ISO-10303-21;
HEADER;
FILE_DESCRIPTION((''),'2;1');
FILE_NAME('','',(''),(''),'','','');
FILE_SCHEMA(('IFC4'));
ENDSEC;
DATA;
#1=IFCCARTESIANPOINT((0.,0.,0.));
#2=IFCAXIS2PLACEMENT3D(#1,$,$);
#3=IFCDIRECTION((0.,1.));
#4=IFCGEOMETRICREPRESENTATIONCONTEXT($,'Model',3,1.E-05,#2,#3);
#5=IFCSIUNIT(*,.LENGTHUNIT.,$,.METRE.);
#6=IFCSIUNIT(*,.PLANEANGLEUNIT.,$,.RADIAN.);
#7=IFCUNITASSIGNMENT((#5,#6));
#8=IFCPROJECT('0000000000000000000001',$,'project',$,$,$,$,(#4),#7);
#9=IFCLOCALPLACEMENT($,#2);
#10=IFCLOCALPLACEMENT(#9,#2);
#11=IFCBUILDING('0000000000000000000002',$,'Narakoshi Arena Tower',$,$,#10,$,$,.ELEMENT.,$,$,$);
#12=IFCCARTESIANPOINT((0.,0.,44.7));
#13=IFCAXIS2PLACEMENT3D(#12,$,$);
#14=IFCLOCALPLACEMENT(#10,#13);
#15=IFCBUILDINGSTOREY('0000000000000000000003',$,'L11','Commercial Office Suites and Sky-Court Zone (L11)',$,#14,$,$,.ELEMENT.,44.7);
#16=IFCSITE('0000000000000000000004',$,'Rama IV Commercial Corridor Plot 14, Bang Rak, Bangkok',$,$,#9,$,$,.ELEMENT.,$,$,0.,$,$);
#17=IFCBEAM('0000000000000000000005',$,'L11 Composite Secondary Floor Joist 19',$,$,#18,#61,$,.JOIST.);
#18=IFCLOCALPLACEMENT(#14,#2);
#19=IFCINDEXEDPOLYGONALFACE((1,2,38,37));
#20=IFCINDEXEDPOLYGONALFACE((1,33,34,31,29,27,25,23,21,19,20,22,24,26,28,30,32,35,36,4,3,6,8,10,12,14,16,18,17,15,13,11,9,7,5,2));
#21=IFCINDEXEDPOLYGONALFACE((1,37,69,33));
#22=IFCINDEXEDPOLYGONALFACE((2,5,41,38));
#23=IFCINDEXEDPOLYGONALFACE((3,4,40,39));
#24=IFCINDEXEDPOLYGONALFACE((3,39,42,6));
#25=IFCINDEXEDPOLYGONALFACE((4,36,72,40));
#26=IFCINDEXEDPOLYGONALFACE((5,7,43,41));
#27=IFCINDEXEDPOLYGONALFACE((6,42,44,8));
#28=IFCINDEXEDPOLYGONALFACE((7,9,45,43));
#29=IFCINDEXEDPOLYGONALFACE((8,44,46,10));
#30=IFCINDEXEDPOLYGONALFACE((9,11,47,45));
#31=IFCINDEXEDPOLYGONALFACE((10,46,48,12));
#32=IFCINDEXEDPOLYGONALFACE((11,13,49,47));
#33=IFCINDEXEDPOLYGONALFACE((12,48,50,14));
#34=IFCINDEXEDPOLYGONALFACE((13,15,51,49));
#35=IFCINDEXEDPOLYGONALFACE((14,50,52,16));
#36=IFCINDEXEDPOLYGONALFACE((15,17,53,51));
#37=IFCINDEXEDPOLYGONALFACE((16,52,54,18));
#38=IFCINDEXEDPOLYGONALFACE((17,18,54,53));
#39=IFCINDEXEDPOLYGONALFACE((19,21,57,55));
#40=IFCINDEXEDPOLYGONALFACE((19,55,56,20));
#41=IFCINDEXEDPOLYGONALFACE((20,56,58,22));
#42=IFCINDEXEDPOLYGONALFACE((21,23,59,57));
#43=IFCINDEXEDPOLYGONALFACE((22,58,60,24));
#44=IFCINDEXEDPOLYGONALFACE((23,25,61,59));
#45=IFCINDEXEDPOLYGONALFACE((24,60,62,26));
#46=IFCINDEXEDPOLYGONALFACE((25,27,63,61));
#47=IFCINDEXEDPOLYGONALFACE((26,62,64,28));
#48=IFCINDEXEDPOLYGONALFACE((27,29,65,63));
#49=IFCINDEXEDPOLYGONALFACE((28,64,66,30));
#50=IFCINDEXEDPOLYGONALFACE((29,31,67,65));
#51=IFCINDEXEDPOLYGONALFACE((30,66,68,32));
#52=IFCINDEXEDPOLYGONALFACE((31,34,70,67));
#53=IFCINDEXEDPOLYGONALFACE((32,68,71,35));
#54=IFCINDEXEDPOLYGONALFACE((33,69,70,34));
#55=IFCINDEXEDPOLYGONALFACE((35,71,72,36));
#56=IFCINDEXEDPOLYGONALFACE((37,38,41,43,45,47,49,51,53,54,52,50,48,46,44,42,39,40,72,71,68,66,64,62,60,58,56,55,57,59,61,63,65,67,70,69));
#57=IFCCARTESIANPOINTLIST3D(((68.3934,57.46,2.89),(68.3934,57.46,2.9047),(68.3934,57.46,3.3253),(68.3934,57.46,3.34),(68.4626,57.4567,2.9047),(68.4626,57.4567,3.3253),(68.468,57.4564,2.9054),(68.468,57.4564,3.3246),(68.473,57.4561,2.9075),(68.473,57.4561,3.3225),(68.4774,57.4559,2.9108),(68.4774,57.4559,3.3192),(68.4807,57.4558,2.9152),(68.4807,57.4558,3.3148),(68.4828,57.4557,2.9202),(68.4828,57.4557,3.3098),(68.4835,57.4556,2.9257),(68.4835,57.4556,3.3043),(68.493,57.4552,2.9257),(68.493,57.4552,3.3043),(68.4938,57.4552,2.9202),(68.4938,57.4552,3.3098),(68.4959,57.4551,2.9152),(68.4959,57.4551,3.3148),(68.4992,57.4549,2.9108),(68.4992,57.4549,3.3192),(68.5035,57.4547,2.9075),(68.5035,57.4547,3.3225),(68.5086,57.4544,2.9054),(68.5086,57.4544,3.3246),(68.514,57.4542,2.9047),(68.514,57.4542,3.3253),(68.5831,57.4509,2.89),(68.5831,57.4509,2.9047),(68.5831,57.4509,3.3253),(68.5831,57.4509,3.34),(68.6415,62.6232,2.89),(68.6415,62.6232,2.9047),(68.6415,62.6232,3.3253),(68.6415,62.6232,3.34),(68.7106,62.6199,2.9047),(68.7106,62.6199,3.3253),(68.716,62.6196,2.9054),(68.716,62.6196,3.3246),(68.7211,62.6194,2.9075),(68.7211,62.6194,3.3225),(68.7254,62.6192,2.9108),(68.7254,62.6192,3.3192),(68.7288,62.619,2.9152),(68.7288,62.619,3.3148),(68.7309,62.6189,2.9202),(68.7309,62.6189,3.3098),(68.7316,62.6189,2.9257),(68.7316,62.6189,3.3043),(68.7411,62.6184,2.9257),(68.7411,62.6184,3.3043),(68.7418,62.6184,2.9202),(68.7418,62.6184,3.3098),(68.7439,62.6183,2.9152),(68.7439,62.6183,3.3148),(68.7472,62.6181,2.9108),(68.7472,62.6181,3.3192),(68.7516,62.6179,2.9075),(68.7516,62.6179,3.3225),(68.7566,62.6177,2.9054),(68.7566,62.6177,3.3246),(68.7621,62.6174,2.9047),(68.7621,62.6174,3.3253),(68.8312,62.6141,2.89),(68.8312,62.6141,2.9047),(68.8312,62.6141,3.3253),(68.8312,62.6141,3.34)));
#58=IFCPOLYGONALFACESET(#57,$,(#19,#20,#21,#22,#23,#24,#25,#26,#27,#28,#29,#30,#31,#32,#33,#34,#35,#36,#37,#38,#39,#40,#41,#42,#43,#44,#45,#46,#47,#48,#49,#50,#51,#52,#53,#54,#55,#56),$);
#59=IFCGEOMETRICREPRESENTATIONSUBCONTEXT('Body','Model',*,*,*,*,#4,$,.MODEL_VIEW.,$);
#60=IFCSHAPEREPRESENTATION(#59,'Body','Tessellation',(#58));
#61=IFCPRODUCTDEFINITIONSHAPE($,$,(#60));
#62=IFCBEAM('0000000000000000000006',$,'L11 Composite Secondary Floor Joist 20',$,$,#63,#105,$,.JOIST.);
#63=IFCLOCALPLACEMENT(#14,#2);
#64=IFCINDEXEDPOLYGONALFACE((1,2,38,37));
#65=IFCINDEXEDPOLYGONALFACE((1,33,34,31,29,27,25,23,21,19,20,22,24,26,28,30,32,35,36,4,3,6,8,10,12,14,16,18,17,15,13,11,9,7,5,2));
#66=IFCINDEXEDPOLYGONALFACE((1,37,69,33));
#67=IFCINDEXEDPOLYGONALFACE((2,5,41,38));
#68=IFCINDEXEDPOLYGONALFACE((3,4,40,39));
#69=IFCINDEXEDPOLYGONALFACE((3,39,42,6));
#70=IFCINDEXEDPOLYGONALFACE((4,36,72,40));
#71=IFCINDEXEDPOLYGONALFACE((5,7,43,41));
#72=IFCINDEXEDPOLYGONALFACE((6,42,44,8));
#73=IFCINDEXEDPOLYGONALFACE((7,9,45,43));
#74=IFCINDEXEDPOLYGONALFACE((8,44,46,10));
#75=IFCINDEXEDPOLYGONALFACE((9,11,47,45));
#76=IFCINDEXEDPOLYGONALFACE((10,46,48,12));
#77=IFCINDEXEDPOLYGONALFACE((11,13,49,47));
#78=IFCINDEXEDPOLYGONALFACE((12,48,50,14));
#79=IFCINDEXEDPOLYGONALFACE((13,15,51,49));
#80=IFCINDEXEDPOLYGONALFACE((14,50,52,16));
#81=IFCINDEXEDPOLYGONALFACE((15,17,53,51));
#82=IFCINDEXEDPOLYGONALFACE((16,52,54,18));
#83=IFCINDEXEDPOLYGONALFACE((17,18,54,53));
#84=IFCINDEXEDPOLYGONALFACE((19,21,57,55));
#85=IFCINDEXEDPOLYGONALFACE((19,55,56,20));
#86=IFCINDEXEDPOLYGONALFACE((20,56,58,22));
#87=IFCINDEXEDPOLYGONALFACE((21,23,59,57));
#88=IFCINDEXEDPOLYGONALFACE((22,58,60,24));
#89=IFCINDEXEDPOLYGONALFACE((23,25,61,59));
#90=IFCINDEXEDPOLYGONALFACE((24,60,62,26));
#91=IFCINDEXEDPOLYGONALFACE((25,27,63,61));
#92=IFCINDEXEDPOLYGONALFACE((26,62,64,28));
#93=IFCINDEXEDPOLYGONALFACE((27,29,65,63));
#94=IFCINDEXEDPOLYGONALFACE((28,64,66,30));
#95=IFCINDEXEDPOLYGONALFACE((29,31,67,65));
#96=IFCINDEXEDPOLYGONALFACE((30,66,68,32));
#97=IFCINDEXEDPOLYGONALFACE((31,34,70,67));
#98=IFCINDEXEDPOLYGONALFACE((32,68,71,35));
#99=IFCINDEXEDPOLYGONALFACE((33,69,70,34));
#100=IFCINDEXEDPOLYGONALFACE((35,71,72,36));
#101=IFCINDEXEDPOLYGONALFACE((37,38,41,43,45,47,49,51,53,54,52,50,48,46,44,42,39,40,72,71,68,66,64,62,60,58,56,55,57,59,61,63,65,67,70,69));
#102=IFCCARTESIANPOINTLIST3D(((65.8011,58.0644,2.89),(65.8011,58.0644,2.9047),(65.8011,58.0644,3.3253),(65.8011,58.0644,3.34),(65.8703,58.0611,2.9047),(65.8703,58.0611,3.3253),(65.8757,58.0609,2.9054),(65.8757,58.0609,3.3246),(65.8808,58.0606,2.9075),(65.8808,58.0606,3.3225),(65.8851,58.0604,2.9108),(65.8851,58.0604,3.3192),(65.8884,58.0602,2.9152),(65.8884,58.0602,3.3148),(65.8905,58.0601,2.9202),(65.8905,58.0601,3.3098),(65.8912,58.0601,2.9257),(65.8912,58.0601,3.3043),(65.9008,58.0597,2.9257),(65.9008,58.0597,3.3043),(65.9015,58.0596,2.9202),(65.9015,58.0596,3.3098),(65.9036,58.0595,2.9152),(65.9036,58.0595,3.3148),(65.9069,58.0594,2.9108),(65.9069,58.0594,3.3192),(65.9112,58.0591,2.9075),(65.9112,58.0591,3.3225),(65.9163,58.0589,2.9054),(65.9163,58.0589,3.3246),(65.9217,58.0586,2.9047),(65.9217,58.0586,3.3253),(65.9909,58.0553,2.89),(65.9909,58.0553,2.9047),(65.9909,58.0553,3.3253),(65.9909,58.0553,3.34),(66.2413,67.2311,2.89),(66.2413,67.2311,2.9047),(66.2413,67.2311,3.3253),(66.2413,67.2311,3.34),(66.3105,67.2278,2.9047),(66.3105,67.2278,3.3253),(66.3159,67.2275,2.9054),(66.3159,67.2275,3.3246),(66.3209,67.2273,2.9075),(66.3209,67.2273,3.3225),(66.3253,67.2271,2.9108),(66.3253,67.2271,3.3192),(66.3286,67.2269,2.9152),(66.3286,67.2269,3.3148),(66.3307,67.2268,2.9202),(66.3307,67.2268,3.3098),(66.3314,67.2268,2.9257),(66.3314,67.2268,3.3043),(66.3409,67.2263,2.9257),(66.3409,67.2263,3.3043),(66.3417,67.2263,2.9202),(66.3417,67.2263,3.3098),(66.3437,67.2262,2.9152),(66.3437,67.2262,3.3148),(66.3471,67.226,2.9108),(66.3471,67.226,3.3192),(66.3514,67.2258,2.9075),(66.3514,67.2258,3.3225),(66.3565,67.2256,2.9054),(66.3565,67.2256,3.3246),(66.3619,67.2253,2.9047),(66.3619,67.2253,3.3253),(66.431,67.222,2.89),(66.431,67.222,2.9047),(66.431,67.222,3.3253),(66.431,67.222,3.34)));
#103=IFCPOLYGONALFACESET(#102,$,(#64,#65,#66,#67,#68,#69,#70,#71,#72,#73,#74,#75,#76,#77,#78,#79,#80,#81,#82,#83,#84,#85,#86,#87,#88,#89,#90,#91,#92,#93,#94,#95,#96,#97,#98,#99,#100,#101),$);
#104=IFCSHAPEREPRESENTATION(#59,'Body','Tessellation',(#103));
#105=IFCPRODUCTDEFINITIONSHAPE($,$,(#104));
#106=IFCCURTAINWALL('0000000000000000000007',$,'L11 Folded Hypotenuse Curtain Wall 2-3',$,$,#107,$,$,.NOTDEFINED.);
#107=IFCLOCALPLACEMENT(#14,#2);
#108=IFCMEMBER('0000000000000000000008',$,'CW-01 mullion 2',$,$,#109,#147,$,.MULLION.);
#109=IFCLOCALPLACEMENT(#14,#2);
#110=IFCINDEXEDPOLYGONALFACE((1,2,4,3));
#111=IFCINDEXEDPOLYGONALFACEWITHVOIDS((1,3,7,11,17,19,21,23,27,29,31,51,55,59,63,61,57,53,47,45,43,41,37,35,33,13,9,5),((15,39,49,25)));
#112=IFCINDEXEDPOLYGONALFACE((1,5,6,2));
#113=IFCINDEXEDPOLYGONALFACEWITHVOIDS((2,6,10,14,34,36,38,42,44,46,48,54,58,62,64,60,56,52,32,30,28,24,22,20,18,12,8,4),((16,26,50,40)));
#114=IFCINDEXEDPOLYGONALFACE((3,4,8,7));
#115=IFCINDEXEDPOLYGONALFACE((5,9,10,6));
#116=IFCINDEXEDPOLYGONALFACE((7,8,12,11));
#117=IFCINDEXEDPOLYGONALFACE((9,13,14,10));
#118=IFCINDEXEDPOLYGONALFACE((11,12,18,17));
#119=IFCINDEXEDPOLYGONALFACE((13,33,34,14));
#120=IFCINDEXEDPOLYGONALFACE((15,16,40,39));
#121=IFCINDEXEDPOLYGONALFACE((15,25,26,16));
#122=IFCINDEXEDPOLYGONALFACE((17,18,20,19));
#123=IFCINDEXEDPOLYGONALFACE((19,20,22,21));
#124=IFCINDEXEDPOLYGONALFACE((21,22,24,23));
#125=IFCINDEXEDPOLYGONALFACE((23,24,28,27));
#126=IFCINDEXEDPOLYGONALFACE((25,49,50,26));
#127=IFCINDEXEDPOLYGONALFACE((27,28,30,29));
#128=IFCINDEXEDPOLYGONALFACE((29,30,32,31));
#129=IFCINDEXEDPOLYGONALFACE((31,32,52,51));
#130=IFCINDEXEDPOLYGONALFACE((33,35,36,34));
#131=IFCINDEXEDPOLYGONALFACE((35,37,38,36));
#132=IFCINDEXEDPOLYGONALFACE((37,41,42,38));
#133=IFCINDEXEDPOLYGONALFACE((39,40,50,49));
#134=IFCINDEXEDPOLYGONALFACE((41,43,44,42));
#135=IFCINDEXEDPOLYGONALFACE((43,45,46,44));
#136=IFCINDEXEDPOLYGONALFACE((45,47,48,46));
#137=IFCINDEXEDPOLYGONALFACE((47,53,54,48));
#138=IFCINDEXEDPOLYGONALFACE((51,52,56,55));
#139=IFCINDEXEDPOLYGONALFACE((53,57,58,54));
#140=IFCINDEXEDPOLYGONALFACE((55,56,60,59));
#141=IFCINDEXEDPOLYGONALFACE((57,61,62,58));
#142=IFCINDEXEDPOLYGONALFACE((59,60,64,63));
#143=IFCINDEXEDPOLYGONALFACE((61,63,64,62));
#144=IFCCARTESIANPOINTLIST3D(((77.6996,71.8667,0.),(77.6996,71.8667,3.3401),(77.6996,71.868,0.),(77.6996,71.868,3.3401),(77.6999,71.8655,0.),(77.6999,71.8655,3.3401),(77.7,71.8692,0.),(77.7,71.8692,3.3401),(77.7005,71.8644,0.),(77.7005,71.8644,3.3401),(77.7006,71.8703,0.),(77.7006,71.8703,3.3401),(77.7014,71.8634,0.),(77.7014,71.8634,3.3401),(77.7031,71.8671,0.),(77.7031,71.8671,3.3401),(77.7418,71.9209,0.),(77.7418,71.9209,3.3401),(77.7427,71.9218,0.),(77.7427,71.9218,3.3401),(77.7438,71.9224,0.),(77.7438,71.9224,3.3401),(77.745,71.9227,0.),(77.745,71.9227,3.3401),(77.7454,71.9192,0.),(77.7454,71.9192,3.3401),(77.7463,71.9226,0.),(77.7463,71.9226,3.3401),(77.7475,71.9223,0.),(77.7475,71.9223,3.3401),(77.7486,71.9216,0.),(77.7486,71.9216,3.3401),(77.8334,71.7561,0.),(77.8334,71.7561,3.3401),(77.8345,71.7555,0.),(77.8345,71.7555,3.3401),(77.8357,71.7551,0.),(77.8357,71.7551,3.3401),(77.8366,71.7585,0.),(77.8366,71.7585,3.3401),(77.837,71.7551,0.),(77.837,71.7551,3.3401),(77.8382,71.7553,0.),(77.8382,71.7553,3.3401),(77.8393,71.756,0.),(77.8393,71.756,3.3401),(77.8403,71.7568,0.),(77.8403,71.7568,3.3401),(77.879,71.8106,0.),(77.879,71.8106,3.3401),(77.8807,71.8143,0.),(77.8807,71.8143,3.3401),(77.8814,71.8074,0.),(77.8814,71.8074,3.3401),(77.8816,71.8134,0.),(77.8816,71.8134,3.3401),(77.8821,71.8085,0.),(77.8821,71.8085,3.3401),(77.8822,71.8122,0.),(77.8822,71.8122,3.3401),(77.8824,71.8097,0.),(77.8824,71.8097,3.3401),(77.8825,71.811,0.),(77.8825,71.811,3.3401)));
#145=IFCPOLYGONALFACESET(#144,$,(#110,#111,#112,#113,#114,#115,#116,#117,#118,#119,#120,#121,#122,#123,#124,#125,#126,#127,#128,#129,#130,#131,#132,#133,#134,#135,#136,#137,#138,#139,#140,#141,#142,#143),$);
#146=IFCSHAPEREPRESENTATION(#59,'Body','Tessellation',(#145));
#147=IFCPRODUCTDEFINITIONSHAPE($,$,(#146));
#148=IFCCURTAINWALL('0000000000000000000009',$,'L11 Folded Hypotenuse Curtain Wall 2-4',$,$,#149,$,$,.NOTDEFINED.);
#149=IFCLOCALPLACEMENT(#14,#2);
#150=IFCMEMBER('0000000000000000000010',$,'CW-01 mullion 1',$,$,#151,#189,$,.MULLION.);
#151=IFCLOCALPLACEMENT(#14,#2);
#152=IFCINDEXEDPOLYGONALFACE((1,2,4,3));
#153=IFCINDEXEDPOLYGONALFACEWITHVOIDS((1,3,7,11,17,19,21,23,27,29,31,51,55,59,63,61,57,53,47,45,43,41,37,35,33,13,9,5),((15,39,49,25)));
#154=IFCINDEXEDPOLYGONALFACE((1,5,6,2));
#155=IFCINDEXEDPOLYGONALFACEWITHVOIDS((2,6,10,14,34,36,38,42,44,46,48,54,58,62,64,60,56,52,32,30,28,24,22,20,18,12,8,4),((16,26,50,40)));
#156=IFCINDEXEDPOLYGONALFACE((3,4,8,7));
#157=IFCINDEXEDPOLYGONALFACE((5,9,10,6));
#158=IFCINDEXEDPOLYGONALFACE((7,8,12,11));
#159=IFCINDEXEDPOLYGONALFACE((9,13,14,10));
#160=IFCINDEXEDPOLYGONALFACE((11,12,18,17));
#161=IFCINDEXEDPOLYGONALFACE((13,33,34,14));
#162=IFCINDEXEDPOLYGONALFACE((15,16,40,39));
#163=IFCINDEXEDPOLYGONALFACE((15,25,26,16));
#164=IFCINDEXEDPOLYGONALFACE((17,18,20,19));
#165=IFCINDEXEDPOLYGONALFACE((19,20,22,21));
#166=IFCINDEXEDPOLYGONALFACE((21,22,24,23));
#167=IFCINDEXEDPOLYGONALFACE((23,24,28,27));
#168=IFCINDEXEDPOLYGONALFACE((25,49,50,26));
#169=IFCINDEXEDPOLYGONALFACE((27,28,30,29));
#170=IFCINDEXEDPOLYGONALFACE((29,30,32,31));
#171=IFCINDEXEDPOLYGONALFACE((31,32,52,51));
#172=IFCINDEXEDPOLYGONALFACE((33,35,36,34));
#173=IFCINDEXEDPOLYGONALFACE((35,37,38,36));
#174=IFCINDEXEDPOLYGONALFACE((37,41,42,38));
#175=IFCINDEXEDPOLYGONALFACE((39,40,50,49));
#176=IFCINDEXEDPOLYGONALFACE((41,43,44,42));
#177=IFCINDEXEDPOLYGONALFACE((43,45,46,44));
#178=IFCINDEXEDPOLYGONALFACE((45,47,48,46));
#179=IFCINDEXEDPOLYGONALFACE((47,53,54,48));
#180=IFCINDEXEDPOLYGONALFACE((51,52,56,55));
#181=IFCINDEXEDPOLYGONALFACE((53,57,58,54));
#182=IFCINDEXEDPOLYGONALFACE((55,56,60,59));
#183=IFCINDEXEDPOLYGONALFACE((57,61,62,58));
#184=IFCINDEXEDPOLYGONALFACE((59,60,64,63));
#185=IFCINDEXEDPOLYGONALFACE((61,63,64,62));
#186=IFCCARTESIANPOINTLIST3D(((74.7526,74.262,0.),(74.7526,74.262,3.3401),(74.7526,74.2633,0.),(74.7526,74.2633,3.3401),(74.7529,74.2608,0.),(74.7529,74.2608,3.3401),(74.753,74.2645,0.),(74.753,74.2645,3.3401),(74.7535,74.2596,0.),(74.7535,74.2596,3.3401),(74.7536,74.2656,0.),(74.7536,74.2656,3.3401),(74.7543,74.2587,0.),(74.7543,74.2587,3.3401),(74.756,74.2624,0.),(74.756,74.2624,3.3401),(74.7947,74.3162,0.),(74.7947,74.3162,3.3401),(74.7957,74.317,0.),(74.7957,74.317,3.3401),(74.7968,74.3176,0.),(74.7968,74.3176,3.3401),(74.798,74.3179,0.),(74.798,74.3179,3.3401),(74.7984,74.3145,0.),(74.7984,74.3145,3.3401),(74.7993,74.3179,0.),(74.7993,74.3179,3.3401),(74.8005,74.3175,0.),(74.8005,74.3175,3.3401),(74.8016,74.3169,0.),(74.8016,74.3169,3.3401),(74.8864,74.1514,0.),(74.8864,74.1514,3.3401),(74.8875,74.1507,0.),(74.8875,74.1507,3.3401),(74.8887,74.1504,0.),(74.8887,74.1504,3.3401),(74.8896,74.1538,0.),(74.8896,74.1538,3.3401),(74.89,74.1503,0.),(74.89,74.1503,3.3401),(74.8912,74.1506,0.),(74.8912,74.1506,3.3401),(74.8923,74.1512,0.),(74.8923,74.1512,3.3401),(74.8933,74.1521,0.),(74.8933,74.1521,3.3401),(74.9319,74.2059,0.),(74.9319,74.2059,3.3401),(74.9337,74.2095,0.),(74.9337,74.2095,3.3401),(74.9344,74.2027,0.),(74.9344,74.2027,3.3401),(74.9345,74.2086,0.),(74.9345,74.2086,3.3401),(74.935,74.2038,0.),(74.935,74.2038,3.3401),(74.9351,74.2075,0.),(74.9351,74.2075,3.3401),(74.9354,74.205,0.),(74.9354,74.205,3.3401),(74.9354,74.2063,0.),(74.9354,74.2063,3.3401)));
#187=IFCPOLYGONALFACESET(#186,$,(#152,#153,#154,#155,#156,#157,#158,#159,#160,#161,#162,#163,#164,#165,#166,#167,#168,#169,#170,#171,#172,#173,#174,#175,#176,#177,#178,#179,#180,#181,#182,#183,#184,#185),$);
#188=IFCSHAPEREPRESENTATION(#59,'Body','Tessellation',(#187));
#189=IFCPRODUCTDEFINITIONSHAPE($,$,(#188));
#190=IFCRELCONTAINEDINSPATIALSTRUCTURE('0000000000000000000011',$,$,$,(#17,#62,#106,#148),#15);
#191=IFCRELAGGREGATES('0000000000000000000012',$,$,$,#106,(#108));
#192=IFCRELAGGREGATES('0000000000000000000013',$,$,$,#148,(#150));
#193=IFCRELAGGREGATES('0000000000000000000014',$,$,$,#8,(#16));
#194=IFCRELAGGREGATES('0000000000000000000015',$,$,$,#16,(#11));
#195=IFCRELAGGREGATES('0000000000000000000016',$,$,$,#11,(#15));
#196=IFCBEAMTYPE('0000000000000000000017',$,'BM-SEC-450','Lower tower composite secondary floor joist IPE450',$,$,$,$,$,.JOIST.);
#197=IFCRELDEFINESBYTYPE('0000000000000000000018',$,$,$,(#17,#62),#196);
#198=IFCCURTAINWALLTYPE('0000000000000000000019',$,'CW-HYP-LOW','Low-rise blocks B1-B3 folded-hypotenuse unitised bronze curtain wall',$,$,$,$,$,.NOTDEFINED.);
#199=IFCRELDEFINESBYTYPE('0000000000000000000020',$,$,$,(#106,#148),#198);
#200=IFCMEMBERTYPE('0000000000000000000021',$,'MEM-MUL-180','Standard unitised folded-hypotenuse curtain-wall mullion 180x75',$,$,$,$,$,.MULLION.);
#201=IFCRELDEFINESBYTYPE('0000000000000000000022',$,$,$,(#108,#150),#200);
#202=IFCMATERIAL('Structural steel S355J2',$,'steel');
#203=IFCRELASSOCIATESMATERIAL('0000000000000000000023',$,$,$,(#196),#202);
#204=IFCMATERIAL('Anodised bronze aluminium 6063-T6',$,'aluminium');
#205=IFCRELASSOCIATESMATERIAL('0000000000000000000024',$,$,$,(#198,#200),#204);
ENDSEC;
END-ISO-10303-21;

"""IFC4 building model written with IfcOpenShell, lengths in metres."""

from ifc_helpers import new_model, si_unit, direction, frame, origin, origin_2d, place, context, subcontext, project, spatial, hollow_rectangle, i_section, extrude, material, material_profile, profile_set, type_object, element, aggregate, save


model = new_model("IFC4")

# Units and contexts
model_context = context("Model", 3, precision=1e-05, world=origin(), true_north=direction((0.0, 1.0)))
body_context = subcontext(model_context, "Body", "Model", "MODEL_VIEW")
ifc_project = project(units=[si_unit("LENGTHUNIT", "METRE"), si_unit("PLANEANGLEUNIT", "RADIAN")], contexts=[model_context])

# Site, building, storey
site_placement = place(None, origin())
site = spatial("IfcSite", under=ifc_project, at=site_placement, Name="Rama IV Commercial Corridor Plot 14, Bang Rak, Bangkok", CompositionType="ELEMENT", RefElevation=0.0)
building_placement = place(site_placement, origin())
building = spatial("IfcBuilding", under=site, at=building_placement, Name="Narakoshi Arena Tower", CompositionType="ELEMENT")
storey_placement = place(building_placement, frame((0.0, 0.0, 44.7)))
storey = spatial("IfcBuildingStorey", under=building, at=storey_placement, Name="L11", Description="Commercial Office Suites and Sky-Court Zone (L11)", CompositionType="ELEMENT", Elevation=44.7)

# Beams
ifc_material_1 = material(Name="Structural steel S355J2", Category="steel")
ifc_material_profile_1 = material_profile(ifc_material_1, i_section(OverallWidth=0.1899, OverallDepth=0.45, WebThickness=0.0095, FlangeThickness=0.0146, FilletRadius=0.021, at=origin_2d()), Name="IPE450")
ifc_profile_set_1 = profile_set([ifc_material_profile_1], Name="Structural steel S355J2")
beam_type_1 = type_object("IfcBeamType", Name="BM-SEC-450", Description="Lower tower composite secondary floor joist IPE450", PredefinedType="JOIST", material=ifc_profile_set_1)
beam_1_placement = place(storey_placement, frame((68.7363, 62.6187, 3.115), z_axis=(-0.047985, -0.998848, 0.0), x_axis=(0.998848, -0.047985, 0.0)))
element("IfcBeam", 1, at=beam_1_placement, inside=storey, type_object=beam_type_1, Name="L11 Composite Secondary Floor Joist 19", PredefinedType="JOIST", context=body_context, shape_type="SweptSolid", body=[
    extrude(i_section(OverallWidth=0.1899, OverallDepth=0.45, WebThickness=0.0095, FlangeThickness=0.0146, FilletRadius=0.021, at=origin_2d()), origin(), (0.0, 0.0, 1.0), 5.1692),
])
beam_2_placement = place(storey_placement, frame((66.3362, 67.2266, 3.115), z_axis=(-0.047965, -0.998849, 0.0), x_axis=(0.998849, -0.047965, 0.0)))
element("IfcBeam", 2, at=beam_2_placement, inside=storey, type_object=beam_type_1, Name="L11 Composite Secondary Floor Joist 20", PredefinedType="JOIST", context=body_context, shape_type="SweptSolid", body=[
    extrude(i_section(OverallWidth=0.1899, OverallDepth=0.45, WebThickness=0.0095, FlangeThickness=0.0146, FilletRadius=0.021, at=origin_2d()), origin(), (0.0, 0.0, 1.0), 9.1772),
])

# Curtain wall, member
ifc_material_2 = material(Name="Anodised bronze aluminium 6063-T6", Category="aluminium")
curtain_wall_type = type_object("IfcCurtainWallType", Name="CW-HYP-LOW", Description="Low-rise blocks B1-B3 folded-hypotenuse unitised bronze curtain wall", PredefinedType="NOTDEFINED", material=ifc_material_2)
curtain_wall_1_placement = place(storey_placement, origin())
curtain_wall_1 = element("IfcCurtainWall", 3, at=curtain_wall_1_placement, inside=storey, type_object=curtain_wall_type, Name="L11 Folded Hypotenuse Curtain Wall 2-3", PredefinedType="NOTDEFINED")
ifc_material_profile_2 = material_profile(ifc_material_2, hollow_rectangle(XDim=0.075, YDim=0.1799, WallThickness=0.0039, OuterFilletRadius=0.0049, at=origin_2d()), Name="MUL180x75x4")
ifc_profile_set_2 = profile_set([ifc_material_profile_2], Name="Anodised bronze aluminium 6063-T6")
member_type_1 = type_object("IfcMemberType", Name="MEM-MUL-180", Description="Standard unitised folded-hypotenuse curtain-wall mullion 180x75", PredefinedType="MULLION", material=ifc_profile_set_2)
member_1_placement = place(storey_placement, frame((77.791, 71.8389, 0.0), z_axis=(0.0, 0.0, 1.0), x_axis=(-0.630723, -0.776008, 0.0)))
member_1 = element("IfcMember", 4, at=member_1_placement, type_object=member_type_1, Name="CW-01 mullion 2", PredefinedType="MULLION", context=body_context, shape_type="SweptSolid", body=[
    extrude(hollow_rectangle(XDim=0.075, YDim=0.1799, WallThickness=0.0039, OuterFilletRadius=0.0049, at=origin_2d()), origin(), (0.0, 0.0, 1.0), 3.3401),
])

# Curtain wall, member
curtain_wall_2_placement = place(storey_placement, origin())
curtain_wall_2 = element("IfcCurtainWall", 5, at=curtain_wall_2_placement, inside=storey, type_object=curtain_wall_type, Name="L11 Folded Hypotenuse Curtain Wall 2-4", PredefinedType="NOTDEFINED")
member_2_placement = place(storey_placement, frame((74.844, 74.2341, 0.0), z_axis=(0.0, 0.0, 1.0), x_axis=(-0.630734, -0.775999, 0.0)))
member_2 = element("IfcMember", 6, at=member_2_placement, type_object=member_type_1, Name="CW-01 mullion 1", PredefinedType="MULLION", context=body_context, shape_type="SweptSolid", body=[
    extrude(hollow_rectangle(XDim=0.075, YDim=0.1799, WallThickness=0.0039, OuterFilletRadius=0.0049, at=origin_2d()), origin(), (0.0, 0.0, 1.0), 3.3401),
])

aggregate(curtain_wall_1, [member_1])
aggregate(curtain_wall_2, [member_2])

save(model, "model.ifc")
